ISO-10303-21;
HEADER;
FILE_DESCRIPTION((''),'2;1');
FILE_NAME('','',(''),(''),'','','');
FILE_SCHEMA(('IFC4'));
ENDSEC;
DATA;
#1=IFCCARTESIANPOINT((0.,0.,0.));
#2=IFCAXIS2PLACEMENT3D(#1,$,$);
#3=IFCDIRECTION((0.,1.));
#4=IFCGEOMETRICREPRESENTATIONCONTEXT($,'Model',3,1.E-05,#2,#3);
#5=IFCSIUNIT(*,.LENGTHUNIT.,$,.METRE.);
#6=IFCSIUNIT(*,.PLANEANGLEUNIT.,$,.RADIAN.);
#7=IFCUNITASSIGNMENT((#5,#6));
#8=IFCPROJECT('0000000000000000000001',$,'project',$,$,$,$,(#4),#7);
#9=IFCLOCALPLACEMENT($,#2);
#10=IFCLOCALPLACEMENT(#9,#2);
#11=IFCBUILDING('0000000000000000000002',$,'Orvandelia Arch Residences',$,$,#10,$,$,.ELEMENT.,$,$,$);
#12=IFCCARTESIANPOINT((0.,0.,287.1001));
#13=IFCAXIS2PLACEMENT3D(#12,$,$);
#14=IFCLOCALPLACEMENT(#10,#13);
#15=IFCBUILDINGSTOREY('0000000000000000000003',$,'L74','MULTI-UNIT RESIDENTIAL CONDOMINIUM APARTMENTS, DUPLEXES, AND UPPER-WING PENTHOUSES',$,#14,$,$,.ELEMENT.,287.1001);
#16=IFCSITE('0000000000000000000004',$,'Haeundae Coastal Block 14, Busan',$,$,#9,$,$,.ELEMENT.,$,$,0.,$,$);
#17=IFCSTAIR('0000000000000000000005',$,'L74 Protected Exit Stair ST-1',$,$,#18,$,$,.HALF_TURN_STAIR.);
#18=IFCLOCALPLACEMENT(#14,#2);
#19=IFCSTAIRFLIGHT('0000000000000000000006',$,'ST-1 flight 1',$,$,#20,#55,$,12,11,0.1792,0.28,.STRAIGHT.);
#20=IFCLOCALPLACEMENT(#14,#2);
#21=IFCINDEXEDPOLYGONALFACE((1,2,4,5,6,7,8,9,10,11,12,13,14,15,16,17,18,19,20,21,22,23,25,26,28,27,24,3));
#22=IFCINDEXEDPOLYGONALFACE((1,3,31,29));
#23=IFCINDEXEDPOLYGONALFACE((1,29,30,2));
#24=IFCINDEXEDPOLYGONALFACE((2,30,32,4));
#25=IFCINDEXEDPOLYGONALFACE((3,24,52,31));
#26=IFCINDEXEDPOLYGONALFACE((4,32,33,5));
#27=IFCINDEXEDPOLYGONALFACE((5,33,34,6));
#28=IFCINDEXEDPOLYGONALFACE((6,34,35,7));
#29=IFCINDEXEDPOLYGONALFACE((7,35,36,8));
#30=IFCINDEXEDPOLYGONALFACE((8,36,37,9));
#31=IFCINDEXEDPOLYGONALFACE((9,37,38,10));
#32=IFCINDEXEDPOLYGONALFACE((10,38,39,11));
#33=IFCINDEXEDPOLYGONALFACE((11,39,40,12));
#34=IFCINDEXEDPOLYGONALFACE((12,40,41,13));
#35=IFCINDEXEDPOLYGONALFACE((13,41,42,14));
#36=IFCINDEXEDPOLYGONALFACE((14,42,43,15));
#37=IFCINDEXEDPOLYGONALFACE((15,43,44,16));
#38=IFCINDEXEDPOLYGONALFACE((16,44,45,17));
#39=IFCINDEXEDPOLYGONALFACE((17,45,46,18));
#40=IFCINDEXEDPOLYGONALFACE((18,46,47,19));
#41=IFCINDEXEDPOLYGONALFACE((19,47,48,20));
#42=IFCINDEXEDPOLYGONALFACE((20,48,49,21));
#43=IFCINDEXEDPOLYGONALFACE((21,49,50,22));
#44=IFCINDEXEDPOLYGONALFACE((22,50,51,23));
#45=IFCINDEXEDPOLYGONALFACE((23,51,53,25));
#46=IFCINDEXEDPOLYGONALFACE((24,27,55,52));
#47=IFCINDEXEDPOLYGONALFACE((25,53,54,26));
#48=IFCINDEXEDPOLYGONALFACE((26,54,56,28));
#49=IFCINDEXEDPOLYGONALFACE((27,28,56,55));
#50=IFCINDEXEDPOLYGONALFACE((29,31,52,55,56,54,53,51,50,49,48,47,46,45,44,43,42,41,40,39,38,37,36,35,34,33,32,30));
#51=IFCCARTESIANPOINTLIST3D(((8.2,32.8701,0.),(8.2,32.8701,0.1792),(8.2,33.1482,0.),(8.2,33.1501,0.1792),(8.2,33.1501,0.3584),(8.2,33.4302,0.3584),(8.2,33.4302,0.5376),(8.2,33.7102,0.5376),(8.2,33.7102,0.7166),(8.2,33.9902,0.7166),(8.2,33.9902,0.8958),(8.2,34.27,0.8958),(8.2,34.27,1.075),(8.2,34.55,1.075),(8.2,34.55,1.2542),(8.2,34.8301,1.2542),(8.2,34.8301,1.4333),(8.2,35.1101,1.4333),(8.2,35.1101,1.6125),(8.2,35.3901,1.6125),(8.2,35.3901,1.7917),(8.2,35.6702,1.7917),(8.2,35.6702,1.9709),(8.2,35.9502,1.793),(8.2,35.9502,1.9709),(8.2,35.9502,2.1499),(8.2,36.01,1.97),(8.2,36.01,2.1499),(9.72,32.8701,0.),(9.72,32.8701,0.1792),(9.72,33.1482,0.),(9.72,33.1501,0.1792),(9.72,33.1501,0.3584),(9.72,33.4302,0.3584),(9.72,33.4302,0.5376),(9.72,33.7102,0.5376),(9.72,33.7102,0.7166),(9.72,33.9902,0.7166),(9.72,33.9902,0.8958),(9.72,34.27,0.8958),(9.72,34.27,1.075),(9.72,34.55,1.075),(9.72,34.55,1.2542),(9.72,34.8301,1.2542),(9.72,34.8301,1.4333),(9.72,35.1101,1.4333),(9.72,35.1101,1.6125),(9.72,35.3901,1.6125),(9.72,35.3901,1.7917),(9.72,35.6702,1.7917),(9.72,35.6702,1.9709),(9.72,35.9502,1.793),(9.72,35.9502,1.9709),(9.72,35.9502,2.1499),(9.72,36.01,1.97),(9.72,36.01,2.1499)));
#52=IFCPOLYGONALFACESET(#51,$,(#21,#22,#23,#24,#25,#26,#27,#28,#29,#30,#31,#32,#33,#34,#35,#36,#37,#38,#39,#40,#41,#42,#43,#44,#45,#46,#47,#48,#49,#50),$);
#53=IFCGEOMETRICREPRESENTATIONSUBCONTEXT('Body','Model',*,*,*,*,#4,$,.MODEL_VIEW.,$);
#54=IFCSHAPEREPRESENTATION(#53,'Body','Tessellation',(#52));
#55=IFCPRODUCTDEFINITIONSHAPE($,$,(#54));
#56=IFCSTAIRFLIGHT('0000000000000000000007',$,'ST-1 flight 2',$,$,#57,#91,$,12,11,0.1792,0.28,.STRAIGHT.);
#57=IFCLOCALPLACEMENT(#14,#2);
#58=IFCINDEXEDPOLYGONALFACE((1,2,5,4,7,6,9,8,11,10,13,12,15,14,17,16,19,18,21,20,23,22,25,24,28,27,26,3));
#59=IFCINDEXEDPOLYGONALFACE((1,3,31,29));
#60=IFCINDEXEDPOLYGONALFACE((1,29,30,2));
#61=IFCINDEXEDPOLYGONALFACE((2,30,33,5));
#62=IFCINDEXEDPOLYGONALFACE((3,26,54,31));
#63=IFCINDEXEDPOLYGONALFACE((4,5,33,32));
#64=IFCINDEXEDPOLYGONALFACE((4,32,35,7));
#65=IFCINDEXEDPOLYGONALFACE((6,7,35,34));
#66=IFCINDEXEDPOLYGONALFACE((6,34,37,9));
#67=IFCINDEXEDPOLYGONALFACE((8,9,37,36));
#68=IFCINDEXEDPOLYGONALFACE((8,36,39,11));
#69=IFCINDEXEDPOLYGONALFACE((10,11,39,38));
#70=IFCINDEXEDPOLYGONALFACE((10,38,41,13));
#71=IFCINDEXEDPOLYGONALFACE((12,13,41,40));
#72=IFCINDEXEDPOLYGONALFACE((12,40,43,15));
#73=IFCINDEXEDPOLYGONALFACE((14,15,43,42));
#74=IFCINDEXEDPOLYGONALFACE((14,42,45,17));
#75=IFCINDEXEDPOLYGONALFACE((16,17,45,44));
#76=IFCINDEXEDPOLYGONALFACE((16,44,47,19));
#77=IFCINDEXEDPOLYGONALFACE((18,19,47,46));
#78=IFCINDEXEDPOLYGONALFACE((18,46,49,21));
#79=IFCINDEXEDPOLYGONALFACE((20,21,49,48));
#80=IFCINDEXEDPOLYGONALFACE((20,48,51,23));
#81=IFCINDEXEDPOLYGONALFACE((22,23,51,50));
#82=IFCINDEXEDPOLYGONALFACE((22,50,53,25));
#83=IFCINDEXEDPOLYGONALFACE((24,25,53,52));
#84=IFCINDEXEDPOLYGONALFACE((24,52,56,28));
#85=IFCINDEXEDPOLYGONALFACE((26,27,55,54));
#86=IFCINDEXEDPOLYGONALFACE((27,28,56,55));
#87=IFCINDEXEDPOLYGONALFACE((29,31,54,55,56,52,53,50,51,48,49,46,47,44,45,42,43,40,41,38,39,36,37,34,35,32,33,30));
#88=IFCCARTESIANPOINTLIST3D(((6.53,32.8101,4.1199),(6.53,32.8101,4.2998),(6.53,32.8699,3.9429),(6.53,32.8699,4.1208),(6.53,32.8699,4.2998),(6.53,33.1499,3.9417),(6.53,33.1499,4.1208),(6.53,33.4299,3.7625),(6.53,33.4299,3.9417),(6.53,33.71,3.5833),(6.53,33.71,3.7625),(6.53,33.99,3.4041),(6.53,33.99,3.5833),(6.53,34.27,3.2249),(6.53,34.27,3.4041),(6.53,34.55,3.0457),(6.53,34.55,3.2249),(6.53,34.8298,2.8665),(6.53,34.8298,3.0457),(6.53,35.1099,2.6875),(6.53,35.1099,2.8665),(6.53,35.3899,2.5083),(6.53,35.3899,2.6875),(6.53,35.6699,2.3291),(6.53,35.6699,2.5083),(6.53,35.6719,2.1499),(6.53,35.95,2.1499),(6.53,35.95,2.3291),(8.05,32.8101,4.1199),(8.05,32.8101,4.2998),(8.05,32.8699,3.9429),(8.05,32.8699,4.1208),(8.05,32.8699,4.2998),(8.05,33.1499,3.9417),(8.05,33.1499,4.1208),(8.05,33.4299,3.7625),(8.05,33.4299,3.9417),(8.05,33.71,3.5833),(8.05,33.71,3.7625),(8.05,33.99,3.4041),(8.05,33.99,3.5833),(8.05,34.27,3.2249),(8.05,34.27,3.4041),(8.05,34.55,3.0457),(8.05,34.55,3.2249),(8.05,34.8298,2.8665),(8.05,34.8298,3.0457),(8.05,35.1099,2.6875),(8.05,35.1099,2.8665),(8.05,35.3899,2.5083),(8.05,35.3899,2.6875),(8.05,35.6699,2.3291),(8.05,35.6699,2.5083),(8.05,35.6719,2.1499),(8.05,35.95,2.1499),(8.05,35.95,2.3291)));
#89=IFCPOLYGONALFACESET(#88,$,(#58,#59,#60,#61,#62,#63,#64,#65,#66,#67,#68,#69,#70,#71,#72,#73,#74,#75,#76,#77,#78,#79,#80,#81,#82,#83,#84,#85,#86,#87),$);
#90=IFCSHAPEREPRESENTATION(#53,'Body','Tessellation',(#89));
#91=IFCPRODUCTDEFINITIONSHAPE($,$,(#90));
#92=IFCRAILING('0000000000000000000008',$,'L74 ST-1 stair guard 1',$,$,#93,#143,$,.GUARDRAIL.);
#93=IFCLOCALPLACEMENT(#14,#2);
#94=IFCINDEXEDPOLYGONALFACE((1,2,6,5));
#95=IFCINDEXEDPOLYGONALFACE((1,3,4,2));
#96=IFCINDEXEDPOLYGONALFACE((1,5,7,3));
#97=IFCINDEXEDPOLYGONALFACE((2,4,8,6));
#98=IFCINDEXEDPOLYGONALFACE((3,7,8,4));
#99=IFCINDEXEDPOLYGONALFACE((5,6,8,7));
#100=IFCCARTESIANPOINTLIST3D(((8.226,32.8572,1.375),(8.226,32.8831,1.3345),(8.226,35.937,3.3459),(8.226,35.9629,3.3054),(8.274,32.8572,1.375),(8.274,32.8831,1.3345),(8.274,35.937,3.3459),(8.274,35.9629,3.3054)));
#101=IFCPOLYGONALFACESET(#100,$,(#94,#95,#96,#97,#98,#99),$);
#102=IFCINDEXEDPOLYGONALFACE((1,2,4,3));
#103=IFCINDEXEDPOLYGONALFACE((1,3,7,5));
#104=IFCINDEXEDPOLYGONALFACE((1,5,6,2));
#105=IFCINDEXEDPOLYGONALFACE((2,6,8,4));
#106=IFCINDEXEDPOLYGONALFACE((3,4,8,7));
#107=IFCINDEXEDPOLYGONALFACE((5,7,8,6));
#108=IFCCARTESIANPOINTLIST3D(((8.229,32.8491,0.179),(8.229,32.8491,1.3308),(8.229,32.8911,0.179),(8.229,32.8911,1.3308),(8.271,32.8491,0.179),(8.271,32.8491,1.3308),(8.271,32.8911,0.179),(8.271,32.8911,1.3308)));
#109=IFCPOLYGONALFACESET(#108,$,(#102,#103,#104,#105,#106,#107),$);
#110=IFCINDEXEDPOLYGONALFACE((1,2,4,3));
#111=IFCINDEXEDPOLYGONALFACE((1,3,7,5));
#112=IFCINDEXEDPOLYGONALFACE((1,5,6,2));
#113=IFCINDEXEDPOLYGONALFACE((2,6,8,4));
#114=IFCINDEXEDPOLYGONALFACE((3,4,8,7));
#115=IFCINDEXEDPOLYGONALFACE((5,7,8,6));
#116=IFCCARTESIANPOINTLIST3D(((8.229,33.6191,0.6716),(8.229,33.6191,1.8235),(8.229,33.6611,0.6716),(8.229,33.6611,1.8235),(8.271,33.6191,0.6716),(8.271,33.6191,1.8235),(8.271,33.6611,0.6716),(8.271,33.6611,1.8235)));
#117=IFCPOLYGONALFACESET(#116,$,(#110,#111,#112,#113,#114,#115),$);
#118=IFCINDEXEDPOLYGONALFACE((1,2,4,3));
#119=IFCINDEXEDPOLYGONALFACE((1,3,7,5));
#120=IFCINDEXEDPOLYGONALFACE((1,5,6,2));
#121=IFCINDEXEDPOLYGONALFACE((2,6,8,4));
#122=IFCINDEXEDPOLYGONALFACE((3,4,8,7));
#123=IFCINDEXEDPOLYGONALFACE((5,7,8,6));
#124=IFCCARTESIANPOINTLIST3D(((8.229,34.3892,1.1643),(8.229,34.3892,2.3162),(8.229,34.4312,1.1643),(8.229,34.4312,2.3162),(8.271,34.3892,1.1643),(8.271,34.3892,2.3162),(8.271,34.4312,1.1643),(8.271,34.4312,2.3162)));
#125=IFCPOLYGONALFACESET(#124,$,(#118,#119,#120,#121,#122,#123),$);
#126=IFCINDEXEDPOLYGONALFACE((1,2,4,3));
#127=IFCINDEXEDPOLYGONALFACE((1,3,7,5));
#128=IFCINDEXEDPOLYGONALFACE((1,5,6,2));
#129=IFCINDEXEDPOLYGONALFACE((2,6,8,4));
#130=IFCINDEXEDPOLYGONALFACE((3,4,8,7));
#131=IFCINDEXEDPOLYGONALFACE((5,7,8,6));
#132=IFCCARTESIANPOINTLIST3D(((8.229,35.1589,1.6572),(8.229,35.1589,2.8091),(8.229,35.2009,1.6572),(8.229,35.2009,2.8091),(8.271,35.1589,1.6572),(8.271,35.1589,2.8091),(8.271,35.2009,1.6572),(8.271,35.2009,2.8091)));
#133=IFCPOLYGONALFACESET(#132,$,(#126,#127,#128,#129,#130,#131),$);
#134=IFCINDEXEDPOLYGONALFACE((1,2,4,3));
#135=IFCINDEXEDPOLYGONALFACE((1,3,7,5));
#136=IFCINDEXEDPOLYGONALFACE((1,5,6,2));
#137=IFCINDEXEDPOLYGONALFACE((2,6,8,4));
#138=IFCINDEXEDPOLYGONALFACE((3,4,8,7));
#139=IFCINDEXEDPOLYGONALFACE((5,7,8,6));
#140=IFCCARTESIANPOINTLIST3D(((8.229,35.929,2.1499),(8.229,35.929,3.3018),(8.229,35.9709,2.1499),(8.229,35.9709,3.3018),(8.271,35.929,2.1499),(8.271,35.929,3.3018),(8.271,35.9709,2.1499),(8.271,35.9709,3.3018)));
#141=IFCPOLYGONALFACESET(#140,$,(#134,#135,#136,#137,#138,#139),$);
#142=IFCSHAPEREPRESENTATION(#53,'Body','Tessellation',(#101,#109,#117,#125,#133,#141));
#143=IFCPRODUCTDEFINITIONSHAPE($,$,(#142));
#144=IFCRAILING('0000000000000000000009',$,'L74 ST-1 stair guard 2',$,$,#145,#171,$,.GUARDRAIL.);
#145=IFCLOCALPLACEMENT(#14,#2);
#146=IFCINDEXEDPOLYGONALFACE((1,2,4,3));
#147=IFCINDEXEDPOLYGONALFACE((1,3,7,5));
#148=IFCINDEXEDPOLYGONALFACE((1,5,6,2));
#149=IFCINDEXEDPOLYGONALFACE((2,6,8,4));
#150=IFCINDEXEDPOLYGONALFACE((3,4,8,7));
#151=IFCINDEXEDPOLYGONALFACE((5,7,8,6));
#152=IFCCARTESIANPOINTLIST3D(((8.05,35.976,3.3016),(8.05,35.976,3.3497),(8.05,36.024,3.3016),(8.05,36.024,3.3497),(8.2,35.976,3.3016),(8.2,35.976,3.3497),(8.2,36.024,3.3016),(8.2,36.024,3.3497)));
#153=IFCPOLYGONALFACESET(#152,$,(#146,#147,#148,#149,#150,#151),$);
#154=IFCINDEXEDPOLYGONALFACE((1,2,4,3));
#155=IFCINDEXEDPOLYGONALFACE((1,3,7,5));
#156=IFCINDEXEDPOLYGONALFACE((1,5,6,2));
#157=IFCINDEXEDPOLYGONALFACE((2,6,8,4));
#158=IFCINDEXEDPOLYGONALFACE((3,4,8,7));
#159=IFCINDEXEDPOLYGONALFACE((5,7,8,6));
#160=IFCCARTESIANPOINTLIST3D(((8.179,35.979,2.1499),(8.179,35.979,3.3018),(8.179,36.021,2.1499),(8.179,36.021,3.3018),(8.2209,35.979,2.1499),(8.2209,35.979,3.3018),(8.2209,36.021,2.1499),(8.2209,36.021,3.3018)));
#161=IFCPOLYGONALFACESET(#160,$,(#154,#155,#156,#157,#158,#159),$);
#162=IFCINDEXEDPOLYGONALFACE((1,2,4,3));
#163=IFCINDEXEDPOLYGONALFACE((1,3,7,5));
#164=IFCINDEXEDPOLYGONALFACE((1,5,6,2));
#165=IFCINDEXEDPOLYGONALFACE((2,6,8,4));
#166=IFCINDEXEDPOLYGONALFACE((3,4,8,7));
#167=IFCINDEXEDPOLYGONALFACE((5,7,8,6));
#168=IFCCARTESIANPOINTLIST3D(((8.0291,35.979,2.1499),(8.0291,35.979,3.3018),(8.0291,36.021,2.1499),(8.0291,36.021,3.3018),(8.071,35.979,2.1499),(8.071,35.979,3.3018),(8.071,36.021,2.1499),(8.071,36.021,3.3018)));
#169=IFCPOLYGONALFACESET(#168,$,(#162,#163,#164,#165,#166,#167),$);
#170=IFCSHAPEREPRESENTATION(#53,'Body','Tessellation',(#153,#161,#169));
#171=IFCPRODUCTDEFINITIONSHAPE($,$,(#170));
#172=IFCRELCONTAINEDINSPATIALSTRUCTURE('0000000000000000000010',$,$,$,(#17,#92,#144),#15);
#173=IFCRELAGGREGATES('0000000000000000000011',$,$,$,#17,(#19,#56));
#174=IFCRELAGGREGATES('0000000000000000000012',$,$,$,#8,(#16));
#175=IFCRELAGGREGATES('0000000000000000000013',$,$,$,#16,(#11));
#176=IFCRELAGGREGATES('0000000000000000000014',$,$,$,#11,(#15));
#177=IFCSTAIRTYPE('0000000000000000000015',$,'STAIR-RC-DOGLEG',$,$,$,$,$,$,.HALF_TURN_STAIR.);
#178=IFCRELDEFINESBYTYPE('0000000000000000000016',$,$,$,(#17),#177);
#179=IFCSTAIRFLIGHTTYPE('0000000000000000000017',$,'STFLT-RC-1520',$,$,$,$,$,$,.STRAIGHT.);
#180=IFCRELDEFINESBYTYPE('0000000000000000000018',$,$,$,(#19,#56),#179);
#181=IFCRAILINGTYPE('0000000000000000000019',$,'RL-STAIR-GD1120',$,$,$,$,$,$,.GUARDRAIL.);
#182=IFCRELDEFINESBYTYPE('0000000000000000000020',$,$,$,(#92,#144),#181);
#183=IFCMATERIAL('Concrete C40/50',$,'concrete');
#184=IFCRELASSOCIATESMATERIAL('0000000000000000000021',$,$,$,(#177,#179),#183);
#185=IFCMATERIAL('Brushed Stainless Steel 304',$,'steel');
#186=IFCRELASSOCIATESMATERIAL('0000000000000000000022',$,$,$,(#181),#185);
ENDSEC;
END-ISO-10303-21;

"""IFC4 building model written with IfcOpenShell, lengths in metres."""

from ifc_helpers import new_model, si_unit, direction, frame, origin, origin_2d, place, context, subcontext, project, spatial, polyline, rectangle, outline, extrude, material, type_object, element, aggregate, save


model = new_model("IFC4")

# Units and contexts
model_context = context("Model", 3, precision=1e-05, world=origin(), true_north=direction((0.0, 1.0)))
body_context = subcontext(model_context, "Body", "Model", "MODEL_VIEW")
ifc_project = project(units=[si_unit("LENGTHUNIT", "METRE"), si_unit("PLANEANGLEUNIT", "RADIAN")], contexts=[model_context])

# Site, building, storey
site_placement = place(None, origin())
site = spatial("IfcSite", under=ifc_project, at=site_placement, Name="Haeundae Coastal Block 14, Busan", CompositionType="ELEMENT", RefElevation=0.0)
building_placement = place(site_placement, origin())
building = spatial("IfcBuilding", under=site, at=building_placement, Name="Orvandelia Arch Residences", CompositionType="ELEMENT")
storey_placement = place(building_placement, frame((0.0, 0.0, 287.1001)))
storey = spatial("IfcBuildingStorey", under=building, at=storey_placement, Name="L74", Description="MULTI-UNIT RESIDENTIAL CONDOMINIUM APARTMENTS, DUPLEXES, AND UPPER-WING PENTHOUSES", CompositionType="ELEMENT", Elevation=287.1001)

# Stair, stair flights
ifc_material_1 = material(Name="Concrete C40/50", Category="concrete")
stair_type = type_object("IfcStairType", Name="STAIR-RC-DOGLEG", PredefinedType="HALF_TURN_STAIR", material=ifc_material_1)
stair_placement = place(storey_placement, origin())
stair = element("IfcStair", 1, at=stair_placement, inside=storey, type_object=stair_type, Name="L74 Protected Exit Stair ST-1", PredefinedType="HALF_TURN_STAIR")
stair_flight_type = type_object("IfcStairFlightType", Name="STFLT-RC-1520", PredefinedType="STRAIGHT", material=ifc_material_1)
stair_flight_1_placement = place(storey_placement, frame((8.96, 32.8701, 0.0), z_axis=(0.0, 0.0, 1.0), x_axis=(0.0, 1.0, 0.0)))
stair_flight_1 = element("IfcStairFlight", 2, at=stair_flight_1_placement, type_object=stair_flight_type, Name="ST-1 flight 1", NumberOfRisers=12, NumberOfTreads=11, PredefinedType="STRAIGHT", RiserHeight=0.1792, TreadLength=0.28, context=body_context, shape_type="SweptSolid", body=[
    extrude(outline(polyline([(0.0, 0.0), (0.0, 0.1792), (0.28, 0.1792), (0.28, 0.3584), (0.5601, 0.3584), (0.5601, 0.5376), (0.8401, 0.5376), (0.8401, 0.7166), (1.1201, 0.7166), (1.1201, 0.8958), (1.3999, 0.8958), (1.3999, 1.075), (1.6799, 1.075), (1.6799, 1.2542), (1.96, 1.2542), (1.96, 1.4333), (2.24, 1.4333), (2.24, 1.6125), (2.52, 1.6125), (2.52, 1.7917), (2.8, 1.7917), (2.8, 1.9709), (3.0801, 1.9709), (3.0801, 2.1499), (3.1399, 2.1499), (3.1399, 1.97), (3.0801, 1.793), (0.2781, 0.0), (0.0, 0.0)])), frame((0.0, 0.76, 0.0), z_axis=(0.0, -1.0, 0.0), x_axis=(1.0, 0.0, 0.0)), (0.0, 0.0, 1.0), 1.52),
])
stair_flight_2_placement = place(storey_placement, frame((7.29, 35.95, 2.1499), z_axis=(0.0, 0.0, 1.0), x_axis=(0.0, -1.0, 0.0)))
stair_flight_2 = element("IfcStairFlight", 3, at=stair_flight_2_placement, type_object=stair_flight_type, Name="ST-1 flight 2", NumberOfRisers=12, NumberOfTreads=11, PredefinedType="STRAIGHT", RiserHeight=0.1792, TreadLength=0.28, context=body_context, shape_type="SweptSolid", body=[
    extrude(outline(polyline([(0.0, 0.0), (0.0, 0.1792), (0.28, 0.1792), (0.28, 0.3584), (0.5601, 0.3584), (0.5601, 0.5376), (0.8401, 0.5376), (0.8401, 0.7166), (1.1201, 0.7166), (1.1201, 0.8958), (1.3999, 0.8958), (1.3999, 1.075), (1.6799, 1.075), (1.6799, 1.2542), (1.96, 1.2542), (1.96, 1.4333), (2.24, 1.4333), (2.24, 1.6125), (2.52, 1.6125), (2.52, 1.7917), (2.8, 1.7917), (2.8, 1.9709), (3.0801, 1.9709), (3.0801, 2.1499), (3.1399, 2.1499), (3.1399, 1.97), (3.0801, 1.793), (0.2781, 0.0), (0.0, 0.0)])), frame((0.0, 0.76, 0.0), z_axis=(0.0, -1.0, 0.0), x_axis=(1.0, 0.0, 0.0)), (0.0, 0.0, 1.0), 1.52),
])
aggregate(stair, [stair_flight_1, stair_flight_2])

# Railings
ifc_material_2 = material(Name="Brushed Stainless Steel 304", Category="steel")
railing_type_1 = type_object("IfcRailingType", Name="RL-STAIR-GD1120", PredefinedType="GUARDRAIL", material=ifc_material_2)
railing_1_placement = place(storey_placement, frame((8.25, 32.8701, 0.179)))
element("IfcRailing", 4, at=railing_1_placement, inside=storey, type_object=railing_type_1, Name="L74 ST-1 stair guard 1", PredefinedType="GUARDRAIL", context=body_context, shape_type="SweptSolid", body=[
    extrude(rectangle(XDim=0.0481, YDim=0.0481, at=origin_2d()), frame((0.0, 0.0, 1.1758), z_axis=(0.0, 0.84229, 0.539025), x_axis=(-1.0, 0.0, 0.0)), (0.0, 0.0, 1.0), 3.6565),
    extrude(rectangle(XDim=0.042, YDim=0.042, at=origin_2d()), origin(), (0.0, 0.0, 1.0), 1.1519),
    extrude(rectangle(XDim=0.042, YDim=0.042, at=origin_2d()), frame((0.0, 0.77, 0.4927)), (0.0, 0.0, 1.0), 1.1519),
    extrude(rectangle(XDim=0.042, YDim=0.042, at=origin_2d()), frame((0.0, 1.54, 0.9854)), (0.0, 0.0, 1.0), 1.1519),
    extrude(rectangle(XDim=0.042, YDim=0.042, at=origin_2d()), frame((0.0, 2.3098, 1.4783)), (0.0, 0.0, 1.0), 1.1519),
    extrude(rectangle(XDim=0.042, YDim=0.042, at=origin_2d()), frame((0.0, 3.0798, 1.9709)), (0.0, 0.0, 1.0), 1.1519),
])
railing_2_placement = place(storey_placement, frame((8.2, 36.0, 2.1499)))
element("IfcRailing", 5, at=railing_2_placement, inside=storey, type_object=railing_type_1, Name="L74 ST-1 stair guard 2", PredefinedType="GUARDRAIL", context=body_context, shape_type="SweptSolid", body=[
    extrude(rectangle(XDim=0.0481, YDim=0.0481, at=origin_2d()), frame((0.0, 0.0, 1.1758), z_axis=(-1.0, 0.0, 0.0), x_axis=(0.0, -1.0, 0.0)), (0.0, 0.0, 1.0), 0.1499),
    extrude(rectangle(XDim=0.042, YDim=0.042, at=origin_2d()), origin(), (0.0, 0.0, 1.0), 1.1519),
    extrude(rectangle(XDim=0.042, YDim=0.042, at=origin_2d()), frame((-0.1499, 0.0, 0.0)), (0.0, 0.0, 1.0), 1.1519),
])

save(model, "model.ifc")
